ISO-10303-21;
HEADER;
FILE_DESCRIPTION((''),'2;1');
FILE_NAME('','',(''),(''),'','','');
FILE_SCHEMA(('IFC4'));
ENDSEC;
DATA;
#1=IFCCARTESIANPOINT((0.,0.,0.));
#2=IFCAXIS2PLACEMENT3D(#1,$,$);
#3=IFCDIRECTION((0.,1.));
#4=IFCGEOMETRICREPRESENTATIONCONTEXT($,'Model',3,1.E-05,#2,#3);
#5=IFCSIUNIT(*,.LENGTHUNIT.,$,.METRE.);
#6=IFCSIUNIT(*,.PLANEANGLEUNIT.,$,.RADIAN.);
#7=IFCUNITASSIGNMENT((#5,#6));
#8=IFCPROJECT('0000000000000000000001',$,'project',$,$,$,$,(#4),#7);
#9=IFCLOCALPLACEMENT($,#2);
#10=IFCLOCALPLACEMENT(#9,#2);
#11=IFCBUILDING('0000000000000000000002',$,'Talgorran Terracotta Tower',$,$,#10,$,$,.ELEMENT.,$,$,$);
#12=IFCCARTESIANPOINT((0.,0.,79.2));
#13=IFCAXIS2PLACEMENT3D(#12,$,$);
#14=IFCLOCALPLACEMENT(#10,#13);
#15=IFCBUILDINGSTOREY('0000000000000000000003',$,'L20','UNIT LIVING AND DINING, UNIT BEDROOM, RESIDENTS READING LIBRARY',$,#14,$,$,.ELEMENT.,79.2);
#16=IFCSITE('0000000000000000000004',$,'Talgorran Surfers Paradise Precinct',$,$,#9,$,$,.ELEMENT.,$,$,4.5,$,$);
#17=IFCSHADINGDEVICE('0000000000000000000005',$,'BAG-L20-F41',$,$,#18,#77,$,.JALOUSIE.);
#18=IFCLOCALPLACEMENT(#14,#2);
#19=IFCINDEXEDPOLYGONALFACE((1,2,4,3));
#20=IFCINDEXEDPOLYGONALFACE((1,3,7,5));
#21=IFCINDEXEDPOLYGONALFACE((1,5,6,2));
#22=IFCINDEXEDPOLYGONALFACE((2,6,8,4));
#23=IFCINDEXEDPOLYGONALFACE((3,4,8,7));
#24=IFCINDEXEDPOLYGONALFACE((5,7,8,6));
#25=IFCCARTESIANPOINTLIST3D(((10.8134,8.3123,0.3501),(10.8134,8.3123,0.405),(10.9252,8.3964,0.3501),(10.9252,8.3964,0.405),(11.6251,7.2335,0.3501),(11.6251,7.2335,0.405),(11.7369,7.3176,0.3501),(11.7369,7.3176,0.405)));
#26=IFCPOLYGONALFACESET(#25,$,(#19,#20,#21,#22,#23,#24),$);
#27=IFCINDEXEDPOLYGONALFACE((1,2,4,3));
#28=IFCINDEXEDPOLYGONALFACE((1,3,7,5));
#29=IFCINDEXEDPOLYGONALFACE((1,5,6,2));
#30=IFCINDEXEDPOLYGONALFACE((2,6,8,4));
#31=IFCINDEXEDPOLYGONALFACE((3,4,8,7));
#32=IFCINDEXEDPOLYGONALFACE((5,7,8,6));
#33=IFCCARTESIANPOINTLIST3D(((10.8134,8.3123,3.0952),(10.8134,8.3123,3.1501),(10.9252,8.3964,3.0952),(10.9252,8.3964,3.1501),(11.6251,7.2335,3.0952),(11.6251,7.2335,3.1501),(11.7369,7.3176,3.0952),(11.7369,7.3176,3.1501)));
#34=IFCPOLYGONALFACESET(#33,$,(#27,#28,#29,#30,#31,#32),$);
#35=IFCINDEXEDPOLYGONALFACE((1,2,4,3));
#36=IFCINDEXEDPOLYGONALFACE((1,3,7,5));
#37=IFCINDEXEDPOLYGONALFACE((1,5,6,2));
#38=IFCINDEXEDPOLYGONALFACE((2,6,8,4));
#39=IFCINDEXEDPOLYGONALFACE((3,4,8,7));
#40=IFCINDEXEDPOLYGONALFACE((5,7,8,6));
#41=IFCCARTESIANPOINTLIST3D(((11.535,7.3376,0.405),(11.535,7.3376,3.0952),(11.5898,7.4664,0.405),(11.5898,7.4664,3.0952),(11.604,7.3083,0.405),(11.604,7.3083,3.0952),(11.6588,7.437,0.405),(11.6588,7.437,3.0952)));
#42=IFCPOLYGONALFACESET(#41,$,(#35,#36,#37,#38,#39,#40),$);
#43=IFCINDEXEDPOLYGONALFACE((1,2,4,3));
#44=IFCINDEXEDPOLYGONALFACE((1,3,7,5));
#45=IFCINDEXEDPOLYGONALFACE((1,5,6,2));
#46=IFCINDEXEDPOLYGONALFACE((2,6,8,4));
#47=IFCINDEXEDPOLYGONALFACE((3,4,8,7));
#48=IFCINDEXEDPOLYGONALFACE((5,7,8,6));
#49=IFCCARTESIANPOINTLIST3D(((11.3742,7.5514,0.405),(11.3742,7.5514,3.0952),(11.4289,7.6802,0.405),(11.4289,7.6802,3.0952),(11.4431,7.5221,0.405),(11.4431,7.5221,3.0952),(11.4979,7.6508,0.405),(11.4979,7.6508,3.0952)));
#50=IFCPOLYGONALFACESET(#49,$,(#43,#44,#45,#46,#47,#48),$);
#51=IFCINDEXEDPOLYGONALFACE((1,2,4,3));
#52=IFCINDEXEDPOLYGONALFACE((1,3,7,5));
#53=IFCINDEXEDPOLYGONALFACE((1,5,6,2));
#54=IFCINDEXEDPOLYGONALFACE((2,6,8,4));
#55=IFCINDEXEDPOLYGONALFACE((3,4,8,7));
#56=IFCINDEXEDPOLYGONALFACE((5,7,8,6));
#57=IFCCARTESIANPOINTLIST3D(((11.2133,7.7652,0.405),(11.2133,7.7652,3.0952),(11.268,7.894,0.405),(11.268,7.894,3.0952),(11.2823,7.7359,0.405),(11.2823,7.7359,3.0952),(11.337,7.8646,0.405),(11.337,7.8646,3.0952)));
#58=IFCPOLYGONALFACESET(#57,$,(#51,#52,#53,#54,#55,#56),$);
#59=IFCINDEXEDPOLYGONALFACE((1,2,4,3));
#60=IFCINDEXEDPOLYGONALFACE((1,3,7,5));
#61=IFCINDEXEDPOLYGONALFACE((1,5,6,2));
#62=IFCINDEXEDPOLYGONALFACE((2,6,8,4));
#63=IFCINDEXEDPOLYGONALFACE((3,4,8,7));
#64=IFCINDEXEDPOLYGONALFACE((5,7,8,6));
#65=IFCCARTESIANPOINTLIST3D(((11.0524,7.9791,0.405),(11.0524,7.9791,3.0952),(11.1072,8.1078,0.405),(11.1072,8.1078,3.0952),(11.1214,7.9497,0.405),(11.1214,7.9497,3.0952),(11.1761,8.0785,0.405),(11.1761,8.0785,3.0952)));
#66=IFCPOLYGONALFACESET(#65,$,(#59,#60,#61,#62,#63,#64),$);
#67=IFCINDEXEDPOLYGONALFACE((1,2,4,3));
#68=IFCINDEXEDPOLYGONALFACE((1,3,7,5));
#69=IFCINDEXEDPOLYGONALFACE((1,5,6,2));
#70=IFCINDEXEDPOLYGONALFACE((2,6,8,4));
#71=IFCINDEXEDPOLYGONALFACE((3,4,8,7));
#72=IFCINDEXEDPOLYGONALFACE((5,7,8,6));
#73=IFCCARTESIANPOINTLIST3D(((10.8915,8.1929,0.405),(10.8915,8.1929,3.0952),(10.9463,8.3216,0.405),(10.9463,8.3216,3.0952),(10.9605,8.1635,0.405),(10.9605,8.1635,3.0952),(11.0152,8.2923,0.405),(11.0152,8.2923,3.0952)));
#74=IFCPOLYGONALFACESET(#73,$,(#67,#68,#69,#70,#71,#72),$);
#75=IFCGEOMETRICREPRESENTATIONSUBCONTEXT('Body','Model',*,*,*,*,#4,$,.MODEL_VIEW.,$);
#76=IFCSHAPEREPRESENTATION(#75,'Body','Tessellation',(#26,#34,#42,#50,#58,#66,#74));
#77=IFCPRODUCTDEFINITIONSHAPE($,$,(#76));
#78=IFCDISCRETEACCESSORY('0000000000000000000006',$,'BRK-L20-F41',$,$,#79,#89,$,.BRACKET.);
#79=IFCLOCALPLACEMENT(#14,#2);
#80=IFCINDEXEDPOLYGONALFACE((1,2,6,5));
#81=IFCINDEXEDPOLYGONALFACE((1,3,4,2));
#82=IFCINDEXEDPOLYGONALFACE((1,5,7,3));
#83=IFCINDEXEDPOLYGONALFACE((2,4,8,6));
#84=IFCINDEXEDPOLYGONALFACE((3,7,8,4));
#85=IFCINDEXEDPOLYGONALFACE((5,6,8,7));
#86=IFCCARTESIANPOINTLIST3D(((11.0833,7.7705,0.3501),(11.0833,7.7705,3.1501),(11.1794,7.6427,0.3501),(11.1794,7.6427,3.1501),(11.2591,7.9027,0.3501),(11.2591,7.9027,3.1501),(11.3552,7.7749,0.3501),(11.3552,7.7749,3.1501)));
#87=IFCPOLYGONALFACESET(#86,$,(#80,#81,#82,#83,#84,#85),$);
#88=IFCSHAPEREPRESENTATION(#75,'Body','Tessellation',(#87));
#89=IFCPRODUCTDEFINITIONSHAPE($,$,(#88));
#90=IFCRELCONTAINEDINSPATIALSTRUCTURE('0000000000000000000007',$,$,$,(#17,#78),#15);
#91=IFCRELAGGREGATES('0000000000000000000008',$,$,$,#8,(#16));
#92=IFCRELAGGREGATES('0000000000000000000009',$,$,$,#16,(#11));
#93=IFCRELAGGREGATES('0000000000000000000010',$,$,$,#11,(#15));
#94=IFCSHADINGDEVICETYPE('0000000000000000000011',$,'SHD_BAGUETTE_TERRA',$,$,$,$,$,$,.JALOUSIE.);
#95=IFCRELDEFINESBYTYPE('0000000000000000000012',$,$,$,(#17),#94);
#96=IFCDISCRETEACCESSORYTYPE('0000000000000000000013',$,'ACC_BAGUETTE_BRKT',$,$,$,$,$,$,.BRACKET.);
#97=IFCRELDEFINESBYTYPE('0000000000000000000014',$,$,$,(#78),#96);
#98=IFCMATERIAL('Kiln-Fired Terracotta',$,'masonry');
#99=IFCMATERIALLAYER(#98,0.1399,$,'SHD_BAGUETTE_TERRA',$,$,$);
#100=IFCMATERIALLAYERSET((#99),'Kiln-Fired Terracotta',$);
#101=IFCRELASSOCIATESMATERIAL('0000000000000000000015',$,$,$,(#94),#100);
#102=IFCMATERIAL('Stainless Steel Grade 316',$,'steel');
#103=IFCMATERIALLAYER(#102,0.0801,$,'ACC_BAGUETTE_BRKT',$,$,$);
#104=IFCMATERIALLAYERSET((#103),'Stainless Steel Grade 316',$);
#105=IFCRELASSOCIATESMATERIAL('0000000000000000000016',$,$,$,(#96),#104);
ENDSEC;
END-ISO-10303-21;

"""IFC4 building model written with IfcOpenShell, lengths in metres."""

from ifc_helpers import new_model, si_unit, direction, frame, origin, origin_2d, place, context, subcontext, project, spatial, rectangle, extrude, source, transform, mapped, material, layer, layer_set, type_object, type_shapes, element, save


model = new_model("IFC4")

# Units and contexts
model_context = context("Model", 3, precision=1e-05, world=origin(), true_north=direction((0.0, 1.0)))
body_context = subcontext(model_context, "Body", "Model", "MODEL_VIEW")
ifc_project = project(units=[si_unit("LENGTHUNIT", "METRE"), si_unit("PLANEANGLEUNIT", "RADIAN")], contexts=[model_context])

# Site, building, storey
site_placement = place(None, origin())
site = spatial("IfcSite", under=ifc_project, at=site_placement, Name="Talgorran Surfers Paradise Precinct", CompositionType="ELEMENT", RefElevation=4.5)
building_placement = place(site_placement, origin())
building = spatial("IfcBuilding", under=site, at=building_placement, Name="Talgorran Terracotta Tower", CompositionType="ELEMENT")
storey_placement = place(building_placement, frame((0.0, 0.0, 79.2)))
storey = spatial("IfcBuildingStorey", under=building, at=storey_placement, Name="L20", Description="UNIT LIVING AND DINING, UNIT BEDROOM, RESIDENTS READING LIBRARY", CompositionType="ELEMENT", Elevation=79.2)

# Shading device
ifc_material_1 = material(Name="Kiln-Fired Terracotta", Category="masonry")
ifc_layer_1 = layer(ifc_material_1, 0.1399, Name="SHD_BAGUETTE_TERRA")
ifc_layer_set_1 = layer_set([ifc_layer_1], Name="Kiln-Fired Terracotta")
shading_device_type = type_object("IfcShadingDeviceType", Name="SHD_BAGUETTE_TERRA", PredefinedType="JALOUSIE", material=ifc_layer_set_1)
shared_shape_1 = source(origin(), body_context, "Body", "SweptSolid", [
    extrude(rectangle(XDim=1.3501, YDim=0.1399, at=origin_2d()), origin(), (0.0, 0.0, 1.0), 0.0549),
    extrude(rectangle(XDim=1.3501, YDim=0.1399, at=origin_2d()), frame((0.0, 0.0, 2.7451)), (0.0, 0.0, 1.0), 0.0549),
    extrude(rectangle(XDim=0.075, YDim=0.1399, at=origin_2d()), frame((-0.5352, 0.0, 0.0549), z_axis=(0.0, 0.0, 1.0), x_axis=(0.866025, 0.5, 0.0)), (0.0, 0.0, 1.0), 2.6902),
    extrude(rectangle(XDim=0.075, YDim=0.1399, at=origin_2d()), frame((-0.2676, 0.0, 0.0549), z_axis=(0.0, 0.0, 1.0), x_axis=(0.866025, 0.5, 0.0)), (0.0, 0.0, 1.0), 2.6902),
    extrude(rectangle(XDim=0.075, YDim=0.1399, at=origin_2d()), frame((0.0, 0.0, 0.0549), z_axis=(0.0, 0.0, 1.0), x_axis=(0.866025, 0.5, 0.0)), (0.0, 0.0, 1.0), 2.6902),
    extrude(rectangle(XDim=0.075, YDim=0.1399, at=origin_2d()), frame((0.2676, 0.0, 0.0549), z_axis=(0.0, 0.0, 1.0), x_axis=(0.866025, 0.5, 0.0)), (0.0, 0.0, 1.0), 2.6902),
    extrude(rectangle(XDim=0.075, YDim=0.1399, at=origin_2d()), frame((0.5352, 0.0, 0.0549), z_axis=(0.0, 0.0, 1.0), x_axis=(0.866025, 0.5, 0.0)), (0.0, 0.0, 1.0), 2.6902),
])
type_shapes(shading_device_type, [shared_shape_1])
shading_device_placement = place(storey_placement, frame((11.2751, 7.8149, 0.3501), z_axis=(0.0, 0.0, 1.0), x_axis=(-0.601243, 0.799066, 0.0)))
element("IfcShadingDevice", 1, at=shading_device_placement, inside=storey, type_object=shading_device_type, Name="BAG-L20-F41", PredefinedType="JALOUSIE", context=body_context, shape_type="MappedRepresentation", body=[
    mapped(shared_shape_1, transform((0.0, 0.0, 0.0), scale=1.0)),
])

# Discrete accessory
ifc_material_2 = material(Name="Stainless Steel Grade 316", Category="steel")
ifc_layer_2 = layer(ifc_material_2, 0.0801, Name="ACC_BAGUETTE_BRKT")
ifc_layer_set_2 = layer_set([ifc_layer_2], Name="Stainless Steel Grade 316")
discrete_accessory_type = type_object("IfcDiscreteAccessoryType", Name="ACC_BAGUETTE_BRKT", PredefinedType="BRACKET", material=ifc_layer_set_2)
shared_shape_2 = source(origin(), body_context, "Body", "SweptSolid", [
    extrude(rectangle(XDim=0.1599, YDim=0.22, at=origin_2d()), origin(), (0.0, 0.0, 1.0), 2.8),
])
type_shapes(discrete_accessory_type, [shared_shape_2])
discrete_accessory_placement = place(storey_placement, frame((11.2192, 7.7727, 0.3501), z_axis=(0.0, 0.0, 1.0), x_axis=(-0.601243, 0.799066, 0.0)))
element("IfcDiscreteAccessory", 2, at=discrete_accessory_placement, inside=storey, type_object=discrete_accessory_type, Name="BRK-L20-F41", PredefinedType="BRACKET", context=body_context, shape_type="MappedRepresentation", body=[
    mapped(shared_shape_2, transform((0.0, 0.0, 0.0), scale=1.0)),
])

save(model, "model.ifc")
